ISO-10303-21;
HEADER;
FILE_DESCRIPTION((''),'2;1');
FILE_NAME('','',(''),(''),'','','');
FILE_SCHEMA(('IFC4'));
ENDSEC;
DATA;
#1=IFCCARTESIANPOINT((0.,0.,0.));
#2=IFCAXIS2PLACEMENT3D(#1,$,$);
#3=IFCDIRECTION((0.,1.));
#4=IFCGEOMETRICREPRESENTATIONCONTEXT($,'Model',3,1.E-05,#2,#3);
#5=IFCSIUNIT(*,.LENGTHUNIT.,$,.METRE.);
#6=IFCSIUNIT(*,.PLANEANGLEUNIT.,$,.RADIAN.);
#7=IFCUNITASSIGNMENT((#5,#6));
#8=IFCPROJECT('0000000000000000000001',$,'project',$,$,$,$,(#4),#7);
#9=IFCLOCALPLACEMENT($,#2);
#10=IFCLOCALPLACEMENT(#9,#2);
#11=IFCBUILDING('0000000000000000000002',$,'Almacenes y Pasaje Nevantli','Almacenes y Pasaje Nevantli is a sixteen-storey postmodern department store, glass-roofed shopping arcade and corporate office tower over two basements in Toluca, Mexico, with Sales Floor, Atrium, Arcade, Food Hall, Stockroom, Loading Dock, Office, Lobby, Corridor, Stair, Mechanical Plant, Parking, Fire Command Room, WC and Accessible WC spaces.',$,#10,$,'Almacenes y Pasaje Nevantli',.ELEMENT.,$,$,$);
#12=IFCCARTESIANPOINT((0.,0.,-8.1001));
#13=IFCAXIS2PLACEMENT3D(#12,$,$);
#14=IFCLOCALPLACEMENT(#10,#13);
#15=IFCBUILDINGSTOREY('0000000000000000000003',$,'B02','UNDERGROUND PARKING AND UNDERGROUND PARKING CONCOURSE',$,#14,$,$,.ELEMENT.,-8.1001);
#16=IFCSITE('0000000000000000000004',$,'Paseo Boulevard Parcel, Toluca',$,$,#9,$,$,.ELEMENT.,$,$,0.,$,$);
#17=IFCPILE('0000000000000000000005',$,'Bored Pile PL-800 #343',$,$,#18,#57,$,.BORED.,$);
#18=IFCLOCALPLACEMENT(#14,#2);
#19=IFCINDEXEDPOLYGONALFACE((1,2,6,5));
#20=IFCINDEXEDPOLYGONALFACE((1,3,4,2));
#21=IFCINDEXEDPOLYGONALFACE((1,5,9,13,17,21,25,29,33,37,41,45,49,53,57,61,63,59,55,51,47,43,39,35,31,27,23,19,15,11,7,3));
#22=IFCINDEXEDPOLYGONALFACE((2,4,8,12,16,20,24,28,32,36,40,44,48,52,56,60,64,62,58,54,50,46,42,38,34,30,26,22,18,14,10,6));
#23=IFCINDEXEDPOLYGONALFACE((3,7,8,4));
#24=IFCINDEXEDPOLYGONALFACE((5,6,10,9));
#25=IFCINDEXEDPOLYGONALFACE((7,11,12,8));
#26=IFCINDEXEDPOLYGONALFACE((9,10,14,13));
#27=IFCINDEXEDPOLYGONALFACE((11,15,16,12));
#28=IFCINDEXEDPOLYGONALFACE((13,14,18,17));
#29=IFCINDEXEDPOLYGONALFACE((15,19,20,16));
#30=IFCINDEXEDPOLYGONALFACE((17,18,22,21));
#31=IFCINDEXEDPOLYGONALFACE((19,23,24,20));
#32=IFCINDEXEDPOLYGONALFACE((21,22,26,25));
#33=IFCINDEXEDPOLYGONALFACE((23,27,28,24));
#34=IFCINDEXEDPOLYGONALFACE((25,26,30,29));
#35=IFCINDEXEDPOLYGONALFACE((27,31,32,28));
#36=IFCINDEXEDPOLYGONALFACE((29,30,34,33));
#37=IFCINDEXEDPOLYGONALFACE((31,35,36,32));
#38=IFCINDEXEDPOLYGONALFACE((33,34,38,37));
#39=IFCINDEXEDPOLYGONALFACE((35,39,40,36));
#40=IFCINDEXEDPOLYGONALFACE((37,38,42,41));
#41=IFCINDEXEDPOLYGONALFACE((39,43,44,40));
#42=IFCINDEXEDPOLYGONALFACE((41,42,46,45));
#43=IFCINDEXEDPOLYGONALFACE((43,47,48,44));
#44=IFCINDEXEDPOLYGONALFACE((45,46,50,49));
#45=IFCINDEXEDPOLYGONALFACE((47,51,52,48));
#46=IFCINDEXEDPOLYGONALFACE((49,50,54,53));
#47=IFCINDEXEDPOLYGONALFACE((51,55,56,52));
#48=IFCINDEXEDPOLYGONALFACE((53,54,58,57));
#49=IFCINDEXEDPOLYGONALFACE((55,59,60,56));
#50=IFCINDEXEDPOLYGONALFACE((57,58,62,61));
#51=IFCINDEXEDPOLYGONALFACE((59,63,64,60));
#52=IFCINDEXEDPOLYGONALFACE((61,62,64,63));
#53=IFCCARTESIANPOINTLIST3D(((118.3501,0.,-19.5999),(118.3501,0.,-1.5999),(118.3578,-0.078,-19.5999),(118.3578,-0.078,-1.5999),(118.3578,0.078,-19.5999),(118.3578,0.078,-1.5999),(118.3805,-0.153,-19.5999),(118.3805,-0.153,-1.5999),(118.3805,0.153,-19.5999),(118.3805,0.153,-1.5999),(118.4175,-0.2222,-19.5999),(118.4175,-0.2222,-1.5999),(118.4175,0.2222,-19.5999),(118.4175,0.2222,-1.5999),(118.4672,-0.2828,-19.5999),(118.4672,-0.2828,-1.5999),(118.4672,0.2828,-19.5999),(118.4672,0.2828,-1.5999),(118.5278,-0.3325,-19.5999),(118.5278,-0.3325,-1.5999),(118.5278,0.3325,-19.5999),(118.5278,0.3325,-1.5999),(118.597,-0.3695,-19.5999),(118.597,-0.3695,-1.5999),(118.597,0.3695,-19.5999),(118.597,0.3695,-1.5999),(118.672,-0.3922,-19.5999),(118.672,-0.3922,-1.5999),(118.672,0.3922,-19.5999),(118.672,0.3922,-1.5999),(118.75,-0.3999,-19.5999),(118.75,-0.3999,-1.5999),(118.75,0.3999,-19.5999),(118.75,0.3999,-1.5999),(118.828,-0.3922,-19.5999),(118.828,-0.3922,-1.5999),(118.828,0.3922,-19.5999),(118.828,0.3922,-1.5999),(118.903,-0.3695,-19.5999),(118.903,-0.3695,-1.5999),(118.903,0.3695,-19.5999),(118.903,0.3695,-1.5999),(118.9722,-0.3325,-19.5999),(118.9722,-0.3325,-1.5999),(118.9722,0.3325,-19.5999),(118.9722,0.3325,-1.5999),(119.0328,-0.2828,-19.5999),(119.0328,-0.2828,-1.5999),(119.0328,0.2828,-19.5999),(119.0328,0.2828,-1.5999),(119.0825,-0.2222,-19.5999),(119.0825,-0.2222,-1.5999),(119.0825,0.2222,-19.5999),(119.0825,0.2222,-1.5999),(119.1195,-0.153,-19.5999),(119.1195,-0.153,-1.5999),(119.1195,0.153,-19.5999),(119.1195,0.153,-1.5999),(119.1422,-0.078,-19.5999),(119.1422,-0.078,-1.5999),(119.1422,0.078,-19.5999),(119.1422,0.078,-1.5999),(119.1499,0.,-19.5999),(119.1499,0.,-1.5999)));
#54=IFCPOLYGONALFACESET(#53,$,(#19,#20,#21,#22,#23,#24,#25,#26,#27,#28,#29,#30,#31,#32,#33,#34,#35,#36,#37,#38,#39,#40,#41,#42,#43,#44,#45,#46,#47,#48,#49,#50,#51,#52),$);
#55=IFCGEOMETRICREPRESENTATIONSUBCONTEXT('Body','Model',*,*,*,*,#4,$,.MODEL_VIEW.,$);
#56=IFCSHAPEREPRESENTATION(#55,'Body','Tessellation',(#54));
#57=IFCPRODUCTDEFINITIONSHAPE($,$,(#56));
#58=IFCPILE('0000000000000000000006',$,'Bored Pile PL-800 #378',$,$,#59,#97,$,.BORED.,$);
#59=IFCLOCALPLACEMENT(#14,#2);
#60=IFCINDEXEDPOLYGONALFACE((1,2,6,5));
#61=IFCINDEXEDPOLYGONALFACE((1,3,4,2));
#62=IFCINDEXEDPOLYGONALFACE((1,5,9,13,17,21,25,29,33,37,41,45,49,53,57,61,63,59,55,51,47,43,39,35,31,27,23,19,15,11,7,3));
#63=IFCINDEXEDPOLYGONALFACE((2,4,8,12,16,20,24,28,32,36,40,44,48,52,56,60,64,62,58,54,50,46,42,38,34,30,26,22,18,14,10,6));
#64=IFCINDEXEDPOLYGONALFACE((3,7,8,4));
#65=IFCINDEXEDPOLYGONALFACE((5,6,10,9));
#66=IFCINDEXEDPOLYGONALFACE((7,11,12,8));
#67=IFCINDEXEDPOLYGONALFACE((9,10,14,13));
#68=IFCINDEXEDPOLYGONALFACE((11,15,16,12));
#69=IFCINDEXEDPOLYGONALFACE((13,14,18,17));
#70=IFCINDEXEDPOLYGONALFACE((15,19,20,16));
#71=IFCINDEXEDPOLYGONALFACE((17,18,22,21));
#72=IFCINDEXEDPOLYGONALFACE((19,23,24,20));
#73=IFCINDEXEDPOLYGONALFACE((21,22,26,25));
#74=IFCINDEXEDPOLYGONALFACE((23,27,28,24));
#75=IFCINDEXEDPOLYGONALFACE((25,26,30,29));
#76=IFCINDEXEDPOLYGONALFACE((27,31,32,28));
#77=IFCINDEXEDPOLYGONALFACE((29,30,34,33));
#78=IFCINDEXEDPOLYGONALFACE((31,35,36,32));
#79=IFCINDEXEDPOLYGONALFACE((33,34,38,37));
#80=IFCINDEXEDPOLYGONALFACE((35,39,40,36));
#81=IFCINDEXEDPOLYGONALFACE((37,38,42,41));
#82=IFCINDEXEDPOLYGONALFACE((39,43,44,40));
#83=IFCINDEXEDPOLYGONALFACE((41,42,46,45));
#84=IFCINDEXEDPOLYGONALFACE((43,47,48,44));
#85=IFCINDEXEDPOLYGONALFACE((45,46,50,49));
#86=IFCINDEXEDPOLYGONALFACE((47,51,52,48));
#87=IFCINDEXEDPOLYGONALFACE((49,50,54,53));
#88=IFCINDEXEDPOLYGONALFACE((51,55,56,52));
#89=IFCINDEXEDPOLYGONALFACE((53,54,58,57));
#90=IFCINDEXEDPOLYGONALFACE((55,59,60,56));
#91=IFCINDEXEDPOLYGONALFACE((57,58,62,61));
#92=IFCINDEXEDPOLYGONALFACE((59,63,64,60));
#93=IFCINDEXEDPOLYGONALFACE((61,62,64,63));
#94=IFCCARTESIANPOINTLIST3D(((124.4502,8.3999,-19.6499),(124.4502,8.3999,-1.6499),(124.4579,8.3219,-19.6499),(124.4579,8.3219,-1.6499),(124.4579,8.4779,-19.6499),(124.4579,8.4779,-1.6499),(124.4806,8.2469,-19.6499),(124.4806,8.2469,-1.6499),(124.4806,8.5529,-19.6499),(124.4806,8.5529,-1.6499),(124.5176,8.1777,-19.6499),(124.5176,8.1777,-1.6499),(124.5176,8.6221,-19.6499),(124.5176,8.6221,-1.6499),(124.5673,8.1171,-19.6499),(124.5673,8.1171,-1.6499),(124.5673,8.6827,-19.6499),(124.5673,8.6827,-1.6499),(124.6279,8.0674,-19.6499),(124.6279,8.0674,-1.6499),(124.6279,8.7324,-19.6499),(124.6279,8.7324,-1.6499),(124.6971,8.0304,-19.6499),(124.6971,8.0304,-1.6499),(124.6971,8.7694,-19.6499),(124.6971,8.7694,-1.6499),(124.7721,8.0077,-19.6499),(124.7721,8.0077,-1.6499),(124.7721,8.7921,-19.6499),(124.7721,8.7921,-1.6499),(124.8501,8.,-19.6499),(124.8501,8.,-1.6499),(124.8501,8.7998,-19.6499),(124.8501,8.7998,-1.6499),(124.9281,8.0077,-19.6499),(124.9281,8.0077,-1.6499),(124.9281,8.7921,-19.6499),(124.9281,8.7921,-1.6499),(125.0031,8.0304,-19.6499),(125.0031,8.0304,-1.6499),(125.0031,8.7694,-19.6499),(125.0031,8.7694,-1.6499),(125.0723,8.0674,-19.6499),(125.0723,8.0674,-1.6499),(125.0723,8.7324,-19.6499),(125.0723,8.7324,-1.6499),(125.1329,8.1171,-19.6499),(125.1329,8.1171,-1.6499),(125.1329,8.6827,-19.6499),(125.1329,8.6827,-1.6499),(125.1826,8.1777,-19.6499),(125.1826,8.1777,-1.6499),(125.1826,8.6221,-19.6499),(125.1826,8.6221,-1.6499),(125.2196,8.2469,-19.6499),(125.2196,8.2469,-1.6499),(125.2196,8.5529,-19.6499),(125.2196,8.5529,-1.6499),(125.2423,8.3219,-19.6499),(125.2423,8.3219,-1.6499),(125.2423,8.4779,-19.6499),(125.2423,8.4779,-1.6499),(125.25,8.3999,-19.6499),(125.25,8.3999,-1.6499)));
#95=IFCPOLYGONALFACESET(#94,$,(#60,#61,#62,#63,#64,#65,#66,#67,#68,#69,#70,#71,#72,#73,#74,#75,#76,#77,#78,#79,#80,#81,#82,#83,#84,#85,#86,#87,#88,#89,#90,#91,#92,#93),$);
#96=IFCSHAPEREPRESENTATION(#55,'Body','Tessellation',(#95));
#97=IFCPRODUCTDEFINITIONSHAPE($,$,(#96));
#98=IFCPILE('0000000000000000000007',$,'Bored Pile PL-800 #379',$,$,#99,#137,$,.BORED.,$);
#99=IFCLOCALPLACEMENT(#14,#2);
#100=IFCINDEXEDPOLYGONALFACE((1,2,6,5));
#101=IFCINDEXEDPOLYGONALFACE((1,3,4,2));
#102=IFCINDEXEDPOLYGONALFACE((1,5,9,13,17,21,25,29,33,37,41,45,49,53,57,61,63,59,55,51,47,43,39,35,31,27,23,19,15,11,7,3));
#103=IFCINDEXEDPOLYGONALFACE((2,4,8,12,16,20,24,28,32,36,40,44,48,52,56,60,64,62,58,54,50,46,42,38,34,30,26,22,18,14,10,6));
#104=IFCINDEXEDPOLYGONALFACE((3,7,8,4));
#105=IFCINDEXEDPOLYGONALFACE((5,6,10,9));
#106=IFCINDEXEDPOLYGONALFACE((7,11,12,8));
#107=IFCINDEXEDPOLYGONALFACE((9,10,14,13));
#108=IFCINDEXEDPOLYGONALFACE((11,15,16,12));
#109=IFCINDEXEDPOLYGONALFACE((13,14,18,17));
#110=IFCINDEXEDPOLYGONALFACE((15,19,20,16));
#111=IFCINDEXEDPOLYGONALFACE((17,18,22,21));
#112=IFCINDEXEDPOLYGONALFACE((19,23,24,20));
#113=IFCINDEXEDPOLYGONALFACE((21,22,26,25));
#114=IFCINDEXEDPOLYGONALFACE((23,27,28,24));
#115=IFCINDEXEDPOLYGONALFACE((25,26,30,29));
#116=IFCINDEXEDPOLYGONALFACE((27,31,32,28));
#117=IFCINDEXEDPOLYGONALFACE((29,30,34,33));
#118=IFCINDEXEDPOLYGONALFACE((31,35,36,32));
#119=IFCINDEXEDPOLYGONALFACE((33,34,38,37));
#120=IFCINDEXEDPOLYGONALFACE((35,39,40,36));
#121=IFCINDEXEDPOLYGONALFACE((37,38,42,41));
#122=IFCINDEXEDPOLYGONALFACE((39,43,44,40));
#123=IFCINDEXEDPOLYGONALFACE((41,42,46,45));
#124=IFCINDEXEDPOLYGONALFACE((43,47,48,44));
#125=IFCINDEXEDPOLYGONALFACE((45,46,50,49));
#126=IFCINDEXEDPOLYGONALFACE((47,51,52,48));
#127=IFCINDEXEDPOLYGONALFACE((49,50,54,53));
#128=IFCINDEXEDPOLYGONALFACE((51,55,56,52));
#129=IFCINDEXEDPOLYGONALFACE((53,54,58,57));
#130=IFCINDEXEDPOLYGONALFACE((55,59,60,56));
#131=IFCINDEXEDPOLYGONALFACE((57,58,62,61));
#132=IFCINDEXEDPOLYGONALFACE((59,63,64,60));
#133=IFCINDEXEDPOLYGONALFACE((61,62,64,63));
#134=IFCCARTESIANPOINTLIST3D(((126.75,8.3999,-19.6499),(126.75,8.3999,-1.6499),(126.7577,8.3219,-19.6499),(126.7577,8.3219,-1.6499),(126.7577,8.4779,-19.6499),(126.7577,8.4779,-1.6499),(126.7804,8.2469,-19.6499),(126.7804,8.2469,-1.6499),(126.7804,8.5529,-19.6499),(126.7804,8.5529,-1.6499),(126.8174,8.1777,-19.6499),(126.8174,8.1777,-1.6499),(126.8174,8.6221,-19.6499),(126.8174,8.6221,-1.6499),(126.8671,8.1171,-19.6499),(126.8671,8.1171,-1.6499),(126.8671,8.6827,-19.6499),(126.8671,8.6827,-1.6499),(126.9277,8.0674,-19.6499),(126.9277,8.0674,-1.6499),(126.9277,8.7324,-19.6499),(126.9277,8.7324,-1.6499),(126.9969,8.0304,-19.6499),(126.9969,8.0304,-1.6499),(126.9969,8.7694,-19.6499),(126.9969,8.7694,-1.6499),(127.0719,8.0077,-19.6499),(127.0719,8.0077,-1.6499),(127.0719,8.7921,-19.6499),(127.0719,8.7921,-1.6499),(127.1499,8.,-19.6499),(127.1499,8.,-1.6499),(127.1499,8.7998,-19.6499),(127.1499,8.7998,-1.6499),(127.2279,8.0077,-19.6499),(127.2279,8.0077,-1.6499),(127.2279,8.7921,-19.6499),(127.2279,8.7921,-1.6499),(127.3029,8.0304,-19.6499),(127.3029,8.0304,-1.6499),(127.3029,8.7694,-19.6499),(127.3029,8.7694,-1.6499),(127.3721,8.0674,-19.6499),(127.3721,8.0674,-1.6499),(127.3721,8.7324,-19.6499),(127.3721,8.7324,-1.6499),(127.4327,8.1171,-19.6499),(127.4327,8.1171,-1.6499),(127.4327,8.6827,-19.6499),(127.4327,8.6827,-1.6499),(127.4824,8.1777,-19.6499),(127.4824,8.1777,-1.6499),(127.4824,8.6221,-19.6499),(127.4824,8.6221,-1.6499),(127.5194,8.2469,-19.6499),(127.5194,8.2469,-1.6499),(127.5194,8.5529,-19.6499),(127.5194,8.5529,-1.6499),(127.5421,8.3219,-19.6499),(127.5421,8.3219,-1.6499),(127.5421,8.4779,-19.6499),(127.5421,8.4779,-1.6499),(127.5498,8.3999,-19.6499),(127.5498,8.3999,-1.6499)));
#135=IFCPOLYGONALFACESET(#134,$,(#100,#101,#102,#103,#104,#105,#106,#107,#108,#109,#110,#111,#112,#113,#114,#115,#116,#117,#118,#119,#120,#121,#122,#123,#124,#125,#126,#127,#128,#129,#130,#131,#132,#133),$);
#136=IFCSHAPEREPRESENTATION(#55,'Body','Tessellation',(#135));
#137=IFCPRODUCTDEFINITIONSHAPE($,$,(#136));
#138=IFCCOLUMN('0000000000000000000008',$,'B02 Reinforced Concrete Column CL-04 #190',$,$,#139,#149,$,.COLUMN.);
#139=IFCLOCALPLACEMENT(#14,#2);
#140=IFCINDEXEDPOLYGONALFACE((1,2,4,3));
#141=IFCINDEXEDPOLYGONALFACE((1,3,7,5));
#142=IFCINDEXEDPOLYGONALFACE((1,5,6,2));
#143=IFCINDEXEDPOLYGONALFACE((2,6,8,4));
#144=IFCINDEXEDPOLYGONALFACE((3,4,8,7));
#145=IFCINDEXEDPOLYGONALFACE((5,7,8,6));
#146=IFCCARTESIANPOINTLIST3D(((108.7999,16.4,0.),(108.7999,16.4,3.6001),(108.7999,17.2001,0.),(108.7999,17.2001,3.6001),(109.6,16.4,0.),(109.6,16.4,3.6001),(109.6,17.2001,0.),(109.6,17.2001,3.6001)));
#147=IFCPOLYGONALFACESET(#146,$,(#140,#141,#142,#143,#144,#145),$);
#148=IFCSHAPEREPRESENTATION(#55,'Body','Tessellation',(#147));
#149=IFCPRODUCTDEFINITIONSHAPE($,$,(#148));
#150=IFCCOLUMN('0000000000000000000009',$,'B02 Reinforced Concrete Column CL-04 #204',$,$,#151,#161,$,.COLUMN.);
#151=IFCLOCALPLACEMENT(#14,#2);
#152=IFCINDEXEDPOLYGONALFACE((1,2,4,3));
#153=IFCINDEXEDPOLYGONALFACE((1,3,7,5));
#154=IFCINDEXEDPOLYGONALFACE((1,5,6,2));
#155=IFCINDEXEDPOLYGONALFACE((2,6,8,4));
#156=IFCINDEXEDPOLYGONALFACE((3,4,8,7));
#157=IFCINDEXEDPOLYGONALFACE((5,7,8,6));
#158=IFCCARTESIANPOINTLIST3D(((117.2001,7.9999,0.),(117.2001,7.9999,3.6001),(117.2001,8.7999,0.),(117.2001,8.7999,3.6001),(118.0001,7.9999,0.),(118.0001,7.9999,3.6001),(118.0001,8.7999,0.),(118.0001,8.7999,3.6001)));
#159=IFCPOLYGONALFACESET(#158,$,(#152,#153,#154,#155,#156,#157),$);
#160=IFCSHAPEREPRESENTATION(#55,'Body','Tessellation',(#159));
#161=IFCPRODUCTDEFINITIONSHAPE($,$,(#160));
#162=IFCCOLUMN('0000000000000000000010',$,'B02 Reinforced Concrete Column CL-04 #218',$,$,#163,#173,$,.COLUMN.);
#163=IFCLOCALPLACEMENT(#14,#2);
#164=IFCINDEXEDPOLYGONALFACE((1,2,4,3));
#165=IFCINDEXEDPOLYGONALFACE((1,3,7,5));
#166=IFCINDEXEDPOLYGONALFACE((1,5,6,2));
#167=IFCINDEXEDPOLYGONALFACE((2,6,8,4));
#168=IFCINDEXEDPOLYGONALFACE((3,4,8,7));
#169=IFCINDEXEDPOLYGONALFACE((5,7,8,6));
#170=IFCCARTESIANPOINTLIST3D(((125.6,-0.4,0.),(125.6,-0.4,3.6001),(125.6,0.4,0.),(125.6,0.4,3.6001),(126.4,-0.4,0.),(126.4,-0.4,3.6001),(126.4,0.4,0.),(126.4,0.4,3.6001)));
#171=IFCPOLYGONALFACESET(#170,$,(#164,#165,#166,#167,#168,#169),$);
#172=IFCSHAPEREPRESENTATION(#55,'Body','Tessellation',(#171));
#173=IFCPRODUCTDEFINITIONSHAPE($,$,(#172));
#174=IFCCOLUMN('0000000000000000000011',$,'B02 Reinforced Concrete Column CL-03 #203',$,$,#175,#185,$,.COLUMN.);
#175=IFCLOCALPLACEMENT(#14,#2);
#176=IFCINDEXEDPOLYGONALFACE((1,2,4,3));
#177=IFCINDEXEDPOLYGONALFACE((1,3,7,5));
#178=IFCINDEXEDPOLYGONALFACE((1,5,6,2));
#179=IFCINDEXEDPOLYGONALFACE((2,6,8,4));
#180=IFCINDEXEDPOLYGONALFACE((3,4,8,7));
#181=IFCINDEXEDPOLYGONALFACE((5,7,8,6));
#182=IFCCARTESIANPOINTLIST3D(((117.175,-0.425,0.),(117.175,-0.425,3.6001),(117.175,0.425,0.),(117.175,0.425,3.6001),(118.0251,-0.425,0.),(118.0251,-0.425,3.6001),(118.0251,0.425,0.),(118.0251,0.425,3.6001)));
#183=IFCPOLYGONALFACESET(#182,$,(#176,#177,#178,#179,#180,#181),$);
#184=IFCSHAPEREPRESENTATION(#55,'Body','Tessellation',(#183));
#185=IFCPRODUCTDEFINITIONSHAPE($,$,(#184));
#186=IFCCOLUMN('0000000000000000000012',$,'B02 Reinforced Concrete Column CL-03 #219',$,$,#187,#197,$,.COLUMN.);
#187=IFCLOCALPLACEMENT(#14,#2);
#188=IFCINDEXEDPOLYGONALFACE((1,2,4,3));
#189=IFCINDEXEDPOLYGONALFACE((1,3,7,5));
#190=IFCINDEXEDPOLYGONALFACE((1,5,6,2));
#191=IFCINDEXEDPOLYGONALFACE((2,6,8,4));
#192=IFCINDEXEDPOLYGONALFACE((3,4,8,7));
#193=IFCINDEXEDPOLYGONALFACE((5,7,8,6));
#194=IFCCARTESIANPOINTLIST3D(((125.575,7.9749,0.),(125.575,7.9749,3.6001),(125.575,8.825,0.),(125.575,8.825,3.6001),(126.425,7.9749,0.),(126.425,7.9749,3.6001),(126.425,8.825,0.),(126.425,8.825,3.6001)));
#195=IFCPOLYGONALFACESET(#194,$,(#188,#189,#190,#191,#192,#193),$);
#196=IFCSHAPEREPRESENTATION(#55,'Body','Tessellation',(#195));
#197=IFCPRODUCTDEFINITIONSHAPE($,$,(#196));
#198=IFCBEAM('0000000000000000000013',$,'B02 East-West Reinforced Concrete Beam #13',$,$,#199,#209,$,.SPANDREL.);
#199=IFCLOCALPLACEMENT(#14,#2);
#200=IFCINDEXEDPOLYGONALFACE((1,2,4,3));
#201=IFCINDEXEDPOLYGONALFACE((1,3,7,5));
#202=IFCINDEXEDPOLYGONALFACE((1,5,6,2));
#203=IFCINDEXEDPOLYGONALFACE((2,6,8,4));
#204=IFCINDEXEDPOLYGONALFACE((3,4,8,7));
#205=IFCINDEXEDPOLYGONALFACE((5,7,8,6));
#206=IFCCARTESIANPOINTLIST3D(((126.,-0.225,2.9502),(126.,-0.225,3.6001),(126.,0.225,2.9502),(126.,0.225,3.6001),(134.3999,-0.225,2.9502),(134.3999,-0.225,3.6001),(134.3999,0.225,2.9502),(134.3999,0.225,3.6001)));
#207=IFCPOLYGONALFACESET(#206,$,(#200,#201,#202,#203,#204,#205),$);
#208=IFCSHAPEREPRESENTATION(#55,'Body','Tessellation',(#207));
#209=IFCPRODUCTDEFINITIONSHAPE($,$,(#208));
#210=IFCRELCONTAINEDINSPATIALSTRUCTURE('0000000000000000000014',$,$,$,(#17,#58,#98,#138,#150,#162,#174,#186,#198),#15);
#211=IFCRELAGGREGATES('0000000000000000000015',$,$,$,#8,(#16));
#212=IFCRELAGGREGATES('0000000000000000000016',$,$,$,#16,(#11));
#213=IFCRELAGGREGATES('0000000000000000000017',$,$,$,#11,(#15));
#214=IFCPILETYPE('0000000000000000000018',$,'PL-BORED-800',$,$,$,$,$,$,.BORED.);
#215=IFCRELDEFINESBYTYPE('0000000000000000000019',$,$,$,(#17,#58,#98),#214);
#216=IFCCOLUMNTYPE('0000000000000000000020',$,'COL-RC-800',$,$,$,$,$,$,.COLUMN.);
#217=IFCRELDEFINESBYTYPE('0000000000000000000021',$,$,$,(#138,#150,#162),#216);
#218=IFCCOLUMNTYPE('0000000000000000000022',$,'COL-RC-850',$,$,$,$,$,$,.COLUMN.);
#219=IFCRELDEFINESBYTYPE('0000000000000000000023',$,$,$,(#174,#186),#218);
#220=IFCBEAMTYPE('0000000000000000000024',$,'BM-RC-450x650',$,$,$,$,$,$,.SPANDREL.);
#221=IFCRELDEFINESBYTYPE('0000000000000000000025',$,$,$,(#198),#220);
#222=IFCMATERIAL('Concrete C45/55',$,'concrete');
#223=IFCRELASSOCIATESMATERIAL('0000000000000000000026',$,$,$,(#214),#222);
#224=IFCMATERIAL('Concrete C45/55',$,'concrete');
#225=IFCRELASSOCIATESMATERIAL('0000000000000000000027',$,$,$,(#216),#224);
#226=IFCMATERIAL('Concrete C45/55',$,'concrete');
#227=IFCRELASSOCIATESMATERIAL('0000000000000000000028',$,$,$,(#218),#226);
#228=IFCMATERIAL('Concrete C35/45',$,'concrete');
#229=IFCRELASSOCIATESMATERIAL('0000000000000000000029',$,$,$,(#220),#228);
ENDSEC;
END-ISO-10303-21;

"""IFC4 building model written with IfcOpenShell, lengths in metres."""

from ifc_helpers import new_model, si_unit, direction, frame, origin, origin_2d, place, context, subcontext, project, spatial, rectangle, circle, extrude, material, material_profile, profile_set, type_object, element, save


model = new_model("IFC4")

# Units and contexts
model_context = context("Model", 3, precision=1e-05, world=origin(), true_north=direction((0.0, 1.0)))
body_context = subcontext(model_context, "Body", "Model", "MODEL_VIEW")
ifc_project = project(units=[si_unit("LENGTHUNIT", "METRE"), si_unit("PLANEANGLEUNIT", "RADIAN")], contexts=[model_context])

# Site, building, storey
site_placement = place(None, origin())
site = spatial("IfcSite", under=ifc_project, at=site_placement, Name="Paseo Boulevard Parcel, Toluca", CompositionType="ELEMENT", RefElevation=0.0)
building_placement = place(site_placement, origin())
building = spatial("IfcBuilding", under=site, at=building_placement, Name="Almacenes y Pasaje Nevantli", Description="Almacenes y Pasaje Nevantli is a sixteen-storey postmodern department store, glass-roofed shopping arcade and corporate office tower over two basements in Toluca, Mexico, with Sales Floor, Atrium, Arcade, Food Hall, Stockroom, Loading Dock, Office, Lobby, Corridor, Stair, Mechanical Plant, Parking, Fire Command Room, WC and Accessible WC spaces.", LongName="Almacenes y Pasaje Nevantli", CompositionType="ELEMENT")
storey_placement = place(building_placement, frame((0.0, 0.0, -8.1001)))
storey = spatial("IfcBuildingStorey", under=building, at=storey_placement, Name="B02", Description="UNDERGROUND PARKING AND UNDERGROUND PARKING CONCOURSE", CompositionType="ELEMENT", Elevation=-8.1001)

# Piles
ifc_material_1 = material(Name="Concrete C45/55", Category="concrete")
ifc_material_profile_1 = material_profile(ifc_material_1, circle(Radius=0.3999, at=origin_2d()), Name="RC-PILE-D800")
ifc_profile_set_1 = profile_set([ifc_material_profile_1], Name="Concrete C45/55")
pile_type_1 = type_object("IfcPileType", Name="PL-BORED-800", PredefinedType="BORED", material=ifc_profile_set_1)
for number, where, z_axis, x_axis, name in (
    (1, (118.75, 0.0, -1.5999), (0.0, 0.0, -1.0), (1.0, 0.0, 0.0), "Bored Pile PL-800 #343"),
    (2, (124.8501, 8.3999, -1.6499), (0.0, 0.0, -1.0), (1.0, 0.0, 0.0), "Bored Pile PL-800 #378"),
    (3, (127.1499, 8.3999, -1.6499), (0.0, 0.0, -1.0), (1.0, 0.0, 0.0), "Bored Pile PL-800 #379"),
):
    element("IfcPile", number, at=place(storey_placement, frame(where, z_axis=z_axis, x_axis=x_axis)), inside=storey, type_object=pile_type_1, Name=name, PredefinedType="BORED", context=body_context, shape_type="SweptSolid", body=[
        extrude(circle(Radius=0.3999, at=origin_2d()), origin(), (0.0, 0.0, 1.0), 18.0),
    ])

# Columns
ifc_material_2 = material(Name="Concrete C45/55", Category="concrete")
ifc_material_profile_2 = material_profile(ifc_material_2, rectangle(XDim=0.8, YDim=0.8, at=origin_2d()), Name="RC-COL-800x800")
ifc_profile_set_2 = profile_set([ifc_material_profile_2], Name="Concrete C45/55")
column_type_1 = type_object("IfcColumnType", Name="COL-RC-800", PredefinedType="COLUMN", material=ifc_profile_set_2)
for number, where, z_axis, x_axis, name in (
    (4, (109.2, 16.8, 0.0), (0.0, 0.0, 1.0), (1.0, 0.0, 0.0), "B02 Reinforced Concrete Column CL-04 #190"),
    (5, (117.6001, 8.3999, 0.0), (0.0, 0.0, 1.0), (1.0, 0.0, 0.0), "B02 Reinforced Concrete Column CL-04 #204"),
    (6, (126.0, 0.0, 0.0), (0.0, 0.0, 1.0), (1.0, 0.0, 0.0), "B02 Reinforced Concrete Column CL-04 #218"),
):
    element("IfcColumn", number, at=place(storey_placement, frame(where, z_axis=z_axis, x_axis=x_axis)), inside=storey, type_object=column_type_1, Name=name, PredefinedType="COLUMN", context=body_context, shape_type="SweptSolid", body=[
        extrude(rectangle(XDim=0.8, YDim=0.8, at=origin_2d()), origin(), (0.0, 0.0, 1.0), 3.6001),
    ])
ifc_material_3 = material(Name="Concrete C45/55", Category="concrete")
ifc_material_profile_3 = material_profile(ifc_material_3, rectangle(XDim=0.8501, YDim=0.8501, at=origin_2d()), Name="RC-COL-850x850")
ifc_profile_set_3 = profile_set([ifc_material_profile_3], Name="Concrete C45/55")
column_type_2 = type_object("IfcColumnType", Name="COL-RC-850", PredefinedType="COLUMN", material=ifc_profile_set_3)
for number, where, z_axis, x_axis, name in (
    (7, (117.6001, 0.0, 0.0), (0.0, 0.0, 1.0), (1.0, 0.0, 0.0), "B02 Reinforced Concrete Column CL-03 #203"),
    (8, (126.0, 8.3999, 0.0), (0.0, 0.0, 1.0), (1.0, 0.0, 0.0), "B02 Reinforced Concrete Column CL-03 #219"),
):
    element("IfcColumn", number, at=place(storey_placement, frame(where, z_axis=z_axis, x_axis=x_axis)), inside=storey, type_object=column_type_2, Name=name, PredefinedType="COLUMN", context=body_context, shape_type="SweptSolid", body=[
        extrude(rectangle(XDim=0.8501, YDim=0.8501, at=origin_2d()), origin(), (0.0, 0.0, 1.0), 3.6001),
    ])

# Beam
ifc_material_4 = material(Name="Concrete C35/45", Category="concrete")
ifc_material_profile_4 = material_profile(ifc_material_4, rectangle(XDim=0.45, YDim=0.6499, at=origin_2d()), Name="RC-BM-450x650")
ifc_profile_set_4 = profile_set([ifc_material_profile_4], Name="Concrete C35/45")
beam_type_1 = type_object("IfcBeamType", Name="BM-RC-450x650", PredefinedType="SPANDREL", material=ifc_profile_set_4)
beam_1_placement = place(storey_placement, frame((126.0, 0.0, 3.2751), z_axis=(1.0, 0.0, 0.0), x_axis=(0.0, 1.0, 0.0)))
element("IfcBeam", 9, at=beam_1_placement, inside=storey, type_object=beam_type_1, Name="B02 East-West Reinforced Concrete Beam #13", PredefinedType="SPANDREL", context=body_context, shape_type="SweptSolid", body=[
    extrude(rectangle(XDim=0.45, YDim=0.6499, at=origin_2d()), origin(), (0.0, 0.0, 1.0), 8.3999),
])

save(model, "model.ifc")
